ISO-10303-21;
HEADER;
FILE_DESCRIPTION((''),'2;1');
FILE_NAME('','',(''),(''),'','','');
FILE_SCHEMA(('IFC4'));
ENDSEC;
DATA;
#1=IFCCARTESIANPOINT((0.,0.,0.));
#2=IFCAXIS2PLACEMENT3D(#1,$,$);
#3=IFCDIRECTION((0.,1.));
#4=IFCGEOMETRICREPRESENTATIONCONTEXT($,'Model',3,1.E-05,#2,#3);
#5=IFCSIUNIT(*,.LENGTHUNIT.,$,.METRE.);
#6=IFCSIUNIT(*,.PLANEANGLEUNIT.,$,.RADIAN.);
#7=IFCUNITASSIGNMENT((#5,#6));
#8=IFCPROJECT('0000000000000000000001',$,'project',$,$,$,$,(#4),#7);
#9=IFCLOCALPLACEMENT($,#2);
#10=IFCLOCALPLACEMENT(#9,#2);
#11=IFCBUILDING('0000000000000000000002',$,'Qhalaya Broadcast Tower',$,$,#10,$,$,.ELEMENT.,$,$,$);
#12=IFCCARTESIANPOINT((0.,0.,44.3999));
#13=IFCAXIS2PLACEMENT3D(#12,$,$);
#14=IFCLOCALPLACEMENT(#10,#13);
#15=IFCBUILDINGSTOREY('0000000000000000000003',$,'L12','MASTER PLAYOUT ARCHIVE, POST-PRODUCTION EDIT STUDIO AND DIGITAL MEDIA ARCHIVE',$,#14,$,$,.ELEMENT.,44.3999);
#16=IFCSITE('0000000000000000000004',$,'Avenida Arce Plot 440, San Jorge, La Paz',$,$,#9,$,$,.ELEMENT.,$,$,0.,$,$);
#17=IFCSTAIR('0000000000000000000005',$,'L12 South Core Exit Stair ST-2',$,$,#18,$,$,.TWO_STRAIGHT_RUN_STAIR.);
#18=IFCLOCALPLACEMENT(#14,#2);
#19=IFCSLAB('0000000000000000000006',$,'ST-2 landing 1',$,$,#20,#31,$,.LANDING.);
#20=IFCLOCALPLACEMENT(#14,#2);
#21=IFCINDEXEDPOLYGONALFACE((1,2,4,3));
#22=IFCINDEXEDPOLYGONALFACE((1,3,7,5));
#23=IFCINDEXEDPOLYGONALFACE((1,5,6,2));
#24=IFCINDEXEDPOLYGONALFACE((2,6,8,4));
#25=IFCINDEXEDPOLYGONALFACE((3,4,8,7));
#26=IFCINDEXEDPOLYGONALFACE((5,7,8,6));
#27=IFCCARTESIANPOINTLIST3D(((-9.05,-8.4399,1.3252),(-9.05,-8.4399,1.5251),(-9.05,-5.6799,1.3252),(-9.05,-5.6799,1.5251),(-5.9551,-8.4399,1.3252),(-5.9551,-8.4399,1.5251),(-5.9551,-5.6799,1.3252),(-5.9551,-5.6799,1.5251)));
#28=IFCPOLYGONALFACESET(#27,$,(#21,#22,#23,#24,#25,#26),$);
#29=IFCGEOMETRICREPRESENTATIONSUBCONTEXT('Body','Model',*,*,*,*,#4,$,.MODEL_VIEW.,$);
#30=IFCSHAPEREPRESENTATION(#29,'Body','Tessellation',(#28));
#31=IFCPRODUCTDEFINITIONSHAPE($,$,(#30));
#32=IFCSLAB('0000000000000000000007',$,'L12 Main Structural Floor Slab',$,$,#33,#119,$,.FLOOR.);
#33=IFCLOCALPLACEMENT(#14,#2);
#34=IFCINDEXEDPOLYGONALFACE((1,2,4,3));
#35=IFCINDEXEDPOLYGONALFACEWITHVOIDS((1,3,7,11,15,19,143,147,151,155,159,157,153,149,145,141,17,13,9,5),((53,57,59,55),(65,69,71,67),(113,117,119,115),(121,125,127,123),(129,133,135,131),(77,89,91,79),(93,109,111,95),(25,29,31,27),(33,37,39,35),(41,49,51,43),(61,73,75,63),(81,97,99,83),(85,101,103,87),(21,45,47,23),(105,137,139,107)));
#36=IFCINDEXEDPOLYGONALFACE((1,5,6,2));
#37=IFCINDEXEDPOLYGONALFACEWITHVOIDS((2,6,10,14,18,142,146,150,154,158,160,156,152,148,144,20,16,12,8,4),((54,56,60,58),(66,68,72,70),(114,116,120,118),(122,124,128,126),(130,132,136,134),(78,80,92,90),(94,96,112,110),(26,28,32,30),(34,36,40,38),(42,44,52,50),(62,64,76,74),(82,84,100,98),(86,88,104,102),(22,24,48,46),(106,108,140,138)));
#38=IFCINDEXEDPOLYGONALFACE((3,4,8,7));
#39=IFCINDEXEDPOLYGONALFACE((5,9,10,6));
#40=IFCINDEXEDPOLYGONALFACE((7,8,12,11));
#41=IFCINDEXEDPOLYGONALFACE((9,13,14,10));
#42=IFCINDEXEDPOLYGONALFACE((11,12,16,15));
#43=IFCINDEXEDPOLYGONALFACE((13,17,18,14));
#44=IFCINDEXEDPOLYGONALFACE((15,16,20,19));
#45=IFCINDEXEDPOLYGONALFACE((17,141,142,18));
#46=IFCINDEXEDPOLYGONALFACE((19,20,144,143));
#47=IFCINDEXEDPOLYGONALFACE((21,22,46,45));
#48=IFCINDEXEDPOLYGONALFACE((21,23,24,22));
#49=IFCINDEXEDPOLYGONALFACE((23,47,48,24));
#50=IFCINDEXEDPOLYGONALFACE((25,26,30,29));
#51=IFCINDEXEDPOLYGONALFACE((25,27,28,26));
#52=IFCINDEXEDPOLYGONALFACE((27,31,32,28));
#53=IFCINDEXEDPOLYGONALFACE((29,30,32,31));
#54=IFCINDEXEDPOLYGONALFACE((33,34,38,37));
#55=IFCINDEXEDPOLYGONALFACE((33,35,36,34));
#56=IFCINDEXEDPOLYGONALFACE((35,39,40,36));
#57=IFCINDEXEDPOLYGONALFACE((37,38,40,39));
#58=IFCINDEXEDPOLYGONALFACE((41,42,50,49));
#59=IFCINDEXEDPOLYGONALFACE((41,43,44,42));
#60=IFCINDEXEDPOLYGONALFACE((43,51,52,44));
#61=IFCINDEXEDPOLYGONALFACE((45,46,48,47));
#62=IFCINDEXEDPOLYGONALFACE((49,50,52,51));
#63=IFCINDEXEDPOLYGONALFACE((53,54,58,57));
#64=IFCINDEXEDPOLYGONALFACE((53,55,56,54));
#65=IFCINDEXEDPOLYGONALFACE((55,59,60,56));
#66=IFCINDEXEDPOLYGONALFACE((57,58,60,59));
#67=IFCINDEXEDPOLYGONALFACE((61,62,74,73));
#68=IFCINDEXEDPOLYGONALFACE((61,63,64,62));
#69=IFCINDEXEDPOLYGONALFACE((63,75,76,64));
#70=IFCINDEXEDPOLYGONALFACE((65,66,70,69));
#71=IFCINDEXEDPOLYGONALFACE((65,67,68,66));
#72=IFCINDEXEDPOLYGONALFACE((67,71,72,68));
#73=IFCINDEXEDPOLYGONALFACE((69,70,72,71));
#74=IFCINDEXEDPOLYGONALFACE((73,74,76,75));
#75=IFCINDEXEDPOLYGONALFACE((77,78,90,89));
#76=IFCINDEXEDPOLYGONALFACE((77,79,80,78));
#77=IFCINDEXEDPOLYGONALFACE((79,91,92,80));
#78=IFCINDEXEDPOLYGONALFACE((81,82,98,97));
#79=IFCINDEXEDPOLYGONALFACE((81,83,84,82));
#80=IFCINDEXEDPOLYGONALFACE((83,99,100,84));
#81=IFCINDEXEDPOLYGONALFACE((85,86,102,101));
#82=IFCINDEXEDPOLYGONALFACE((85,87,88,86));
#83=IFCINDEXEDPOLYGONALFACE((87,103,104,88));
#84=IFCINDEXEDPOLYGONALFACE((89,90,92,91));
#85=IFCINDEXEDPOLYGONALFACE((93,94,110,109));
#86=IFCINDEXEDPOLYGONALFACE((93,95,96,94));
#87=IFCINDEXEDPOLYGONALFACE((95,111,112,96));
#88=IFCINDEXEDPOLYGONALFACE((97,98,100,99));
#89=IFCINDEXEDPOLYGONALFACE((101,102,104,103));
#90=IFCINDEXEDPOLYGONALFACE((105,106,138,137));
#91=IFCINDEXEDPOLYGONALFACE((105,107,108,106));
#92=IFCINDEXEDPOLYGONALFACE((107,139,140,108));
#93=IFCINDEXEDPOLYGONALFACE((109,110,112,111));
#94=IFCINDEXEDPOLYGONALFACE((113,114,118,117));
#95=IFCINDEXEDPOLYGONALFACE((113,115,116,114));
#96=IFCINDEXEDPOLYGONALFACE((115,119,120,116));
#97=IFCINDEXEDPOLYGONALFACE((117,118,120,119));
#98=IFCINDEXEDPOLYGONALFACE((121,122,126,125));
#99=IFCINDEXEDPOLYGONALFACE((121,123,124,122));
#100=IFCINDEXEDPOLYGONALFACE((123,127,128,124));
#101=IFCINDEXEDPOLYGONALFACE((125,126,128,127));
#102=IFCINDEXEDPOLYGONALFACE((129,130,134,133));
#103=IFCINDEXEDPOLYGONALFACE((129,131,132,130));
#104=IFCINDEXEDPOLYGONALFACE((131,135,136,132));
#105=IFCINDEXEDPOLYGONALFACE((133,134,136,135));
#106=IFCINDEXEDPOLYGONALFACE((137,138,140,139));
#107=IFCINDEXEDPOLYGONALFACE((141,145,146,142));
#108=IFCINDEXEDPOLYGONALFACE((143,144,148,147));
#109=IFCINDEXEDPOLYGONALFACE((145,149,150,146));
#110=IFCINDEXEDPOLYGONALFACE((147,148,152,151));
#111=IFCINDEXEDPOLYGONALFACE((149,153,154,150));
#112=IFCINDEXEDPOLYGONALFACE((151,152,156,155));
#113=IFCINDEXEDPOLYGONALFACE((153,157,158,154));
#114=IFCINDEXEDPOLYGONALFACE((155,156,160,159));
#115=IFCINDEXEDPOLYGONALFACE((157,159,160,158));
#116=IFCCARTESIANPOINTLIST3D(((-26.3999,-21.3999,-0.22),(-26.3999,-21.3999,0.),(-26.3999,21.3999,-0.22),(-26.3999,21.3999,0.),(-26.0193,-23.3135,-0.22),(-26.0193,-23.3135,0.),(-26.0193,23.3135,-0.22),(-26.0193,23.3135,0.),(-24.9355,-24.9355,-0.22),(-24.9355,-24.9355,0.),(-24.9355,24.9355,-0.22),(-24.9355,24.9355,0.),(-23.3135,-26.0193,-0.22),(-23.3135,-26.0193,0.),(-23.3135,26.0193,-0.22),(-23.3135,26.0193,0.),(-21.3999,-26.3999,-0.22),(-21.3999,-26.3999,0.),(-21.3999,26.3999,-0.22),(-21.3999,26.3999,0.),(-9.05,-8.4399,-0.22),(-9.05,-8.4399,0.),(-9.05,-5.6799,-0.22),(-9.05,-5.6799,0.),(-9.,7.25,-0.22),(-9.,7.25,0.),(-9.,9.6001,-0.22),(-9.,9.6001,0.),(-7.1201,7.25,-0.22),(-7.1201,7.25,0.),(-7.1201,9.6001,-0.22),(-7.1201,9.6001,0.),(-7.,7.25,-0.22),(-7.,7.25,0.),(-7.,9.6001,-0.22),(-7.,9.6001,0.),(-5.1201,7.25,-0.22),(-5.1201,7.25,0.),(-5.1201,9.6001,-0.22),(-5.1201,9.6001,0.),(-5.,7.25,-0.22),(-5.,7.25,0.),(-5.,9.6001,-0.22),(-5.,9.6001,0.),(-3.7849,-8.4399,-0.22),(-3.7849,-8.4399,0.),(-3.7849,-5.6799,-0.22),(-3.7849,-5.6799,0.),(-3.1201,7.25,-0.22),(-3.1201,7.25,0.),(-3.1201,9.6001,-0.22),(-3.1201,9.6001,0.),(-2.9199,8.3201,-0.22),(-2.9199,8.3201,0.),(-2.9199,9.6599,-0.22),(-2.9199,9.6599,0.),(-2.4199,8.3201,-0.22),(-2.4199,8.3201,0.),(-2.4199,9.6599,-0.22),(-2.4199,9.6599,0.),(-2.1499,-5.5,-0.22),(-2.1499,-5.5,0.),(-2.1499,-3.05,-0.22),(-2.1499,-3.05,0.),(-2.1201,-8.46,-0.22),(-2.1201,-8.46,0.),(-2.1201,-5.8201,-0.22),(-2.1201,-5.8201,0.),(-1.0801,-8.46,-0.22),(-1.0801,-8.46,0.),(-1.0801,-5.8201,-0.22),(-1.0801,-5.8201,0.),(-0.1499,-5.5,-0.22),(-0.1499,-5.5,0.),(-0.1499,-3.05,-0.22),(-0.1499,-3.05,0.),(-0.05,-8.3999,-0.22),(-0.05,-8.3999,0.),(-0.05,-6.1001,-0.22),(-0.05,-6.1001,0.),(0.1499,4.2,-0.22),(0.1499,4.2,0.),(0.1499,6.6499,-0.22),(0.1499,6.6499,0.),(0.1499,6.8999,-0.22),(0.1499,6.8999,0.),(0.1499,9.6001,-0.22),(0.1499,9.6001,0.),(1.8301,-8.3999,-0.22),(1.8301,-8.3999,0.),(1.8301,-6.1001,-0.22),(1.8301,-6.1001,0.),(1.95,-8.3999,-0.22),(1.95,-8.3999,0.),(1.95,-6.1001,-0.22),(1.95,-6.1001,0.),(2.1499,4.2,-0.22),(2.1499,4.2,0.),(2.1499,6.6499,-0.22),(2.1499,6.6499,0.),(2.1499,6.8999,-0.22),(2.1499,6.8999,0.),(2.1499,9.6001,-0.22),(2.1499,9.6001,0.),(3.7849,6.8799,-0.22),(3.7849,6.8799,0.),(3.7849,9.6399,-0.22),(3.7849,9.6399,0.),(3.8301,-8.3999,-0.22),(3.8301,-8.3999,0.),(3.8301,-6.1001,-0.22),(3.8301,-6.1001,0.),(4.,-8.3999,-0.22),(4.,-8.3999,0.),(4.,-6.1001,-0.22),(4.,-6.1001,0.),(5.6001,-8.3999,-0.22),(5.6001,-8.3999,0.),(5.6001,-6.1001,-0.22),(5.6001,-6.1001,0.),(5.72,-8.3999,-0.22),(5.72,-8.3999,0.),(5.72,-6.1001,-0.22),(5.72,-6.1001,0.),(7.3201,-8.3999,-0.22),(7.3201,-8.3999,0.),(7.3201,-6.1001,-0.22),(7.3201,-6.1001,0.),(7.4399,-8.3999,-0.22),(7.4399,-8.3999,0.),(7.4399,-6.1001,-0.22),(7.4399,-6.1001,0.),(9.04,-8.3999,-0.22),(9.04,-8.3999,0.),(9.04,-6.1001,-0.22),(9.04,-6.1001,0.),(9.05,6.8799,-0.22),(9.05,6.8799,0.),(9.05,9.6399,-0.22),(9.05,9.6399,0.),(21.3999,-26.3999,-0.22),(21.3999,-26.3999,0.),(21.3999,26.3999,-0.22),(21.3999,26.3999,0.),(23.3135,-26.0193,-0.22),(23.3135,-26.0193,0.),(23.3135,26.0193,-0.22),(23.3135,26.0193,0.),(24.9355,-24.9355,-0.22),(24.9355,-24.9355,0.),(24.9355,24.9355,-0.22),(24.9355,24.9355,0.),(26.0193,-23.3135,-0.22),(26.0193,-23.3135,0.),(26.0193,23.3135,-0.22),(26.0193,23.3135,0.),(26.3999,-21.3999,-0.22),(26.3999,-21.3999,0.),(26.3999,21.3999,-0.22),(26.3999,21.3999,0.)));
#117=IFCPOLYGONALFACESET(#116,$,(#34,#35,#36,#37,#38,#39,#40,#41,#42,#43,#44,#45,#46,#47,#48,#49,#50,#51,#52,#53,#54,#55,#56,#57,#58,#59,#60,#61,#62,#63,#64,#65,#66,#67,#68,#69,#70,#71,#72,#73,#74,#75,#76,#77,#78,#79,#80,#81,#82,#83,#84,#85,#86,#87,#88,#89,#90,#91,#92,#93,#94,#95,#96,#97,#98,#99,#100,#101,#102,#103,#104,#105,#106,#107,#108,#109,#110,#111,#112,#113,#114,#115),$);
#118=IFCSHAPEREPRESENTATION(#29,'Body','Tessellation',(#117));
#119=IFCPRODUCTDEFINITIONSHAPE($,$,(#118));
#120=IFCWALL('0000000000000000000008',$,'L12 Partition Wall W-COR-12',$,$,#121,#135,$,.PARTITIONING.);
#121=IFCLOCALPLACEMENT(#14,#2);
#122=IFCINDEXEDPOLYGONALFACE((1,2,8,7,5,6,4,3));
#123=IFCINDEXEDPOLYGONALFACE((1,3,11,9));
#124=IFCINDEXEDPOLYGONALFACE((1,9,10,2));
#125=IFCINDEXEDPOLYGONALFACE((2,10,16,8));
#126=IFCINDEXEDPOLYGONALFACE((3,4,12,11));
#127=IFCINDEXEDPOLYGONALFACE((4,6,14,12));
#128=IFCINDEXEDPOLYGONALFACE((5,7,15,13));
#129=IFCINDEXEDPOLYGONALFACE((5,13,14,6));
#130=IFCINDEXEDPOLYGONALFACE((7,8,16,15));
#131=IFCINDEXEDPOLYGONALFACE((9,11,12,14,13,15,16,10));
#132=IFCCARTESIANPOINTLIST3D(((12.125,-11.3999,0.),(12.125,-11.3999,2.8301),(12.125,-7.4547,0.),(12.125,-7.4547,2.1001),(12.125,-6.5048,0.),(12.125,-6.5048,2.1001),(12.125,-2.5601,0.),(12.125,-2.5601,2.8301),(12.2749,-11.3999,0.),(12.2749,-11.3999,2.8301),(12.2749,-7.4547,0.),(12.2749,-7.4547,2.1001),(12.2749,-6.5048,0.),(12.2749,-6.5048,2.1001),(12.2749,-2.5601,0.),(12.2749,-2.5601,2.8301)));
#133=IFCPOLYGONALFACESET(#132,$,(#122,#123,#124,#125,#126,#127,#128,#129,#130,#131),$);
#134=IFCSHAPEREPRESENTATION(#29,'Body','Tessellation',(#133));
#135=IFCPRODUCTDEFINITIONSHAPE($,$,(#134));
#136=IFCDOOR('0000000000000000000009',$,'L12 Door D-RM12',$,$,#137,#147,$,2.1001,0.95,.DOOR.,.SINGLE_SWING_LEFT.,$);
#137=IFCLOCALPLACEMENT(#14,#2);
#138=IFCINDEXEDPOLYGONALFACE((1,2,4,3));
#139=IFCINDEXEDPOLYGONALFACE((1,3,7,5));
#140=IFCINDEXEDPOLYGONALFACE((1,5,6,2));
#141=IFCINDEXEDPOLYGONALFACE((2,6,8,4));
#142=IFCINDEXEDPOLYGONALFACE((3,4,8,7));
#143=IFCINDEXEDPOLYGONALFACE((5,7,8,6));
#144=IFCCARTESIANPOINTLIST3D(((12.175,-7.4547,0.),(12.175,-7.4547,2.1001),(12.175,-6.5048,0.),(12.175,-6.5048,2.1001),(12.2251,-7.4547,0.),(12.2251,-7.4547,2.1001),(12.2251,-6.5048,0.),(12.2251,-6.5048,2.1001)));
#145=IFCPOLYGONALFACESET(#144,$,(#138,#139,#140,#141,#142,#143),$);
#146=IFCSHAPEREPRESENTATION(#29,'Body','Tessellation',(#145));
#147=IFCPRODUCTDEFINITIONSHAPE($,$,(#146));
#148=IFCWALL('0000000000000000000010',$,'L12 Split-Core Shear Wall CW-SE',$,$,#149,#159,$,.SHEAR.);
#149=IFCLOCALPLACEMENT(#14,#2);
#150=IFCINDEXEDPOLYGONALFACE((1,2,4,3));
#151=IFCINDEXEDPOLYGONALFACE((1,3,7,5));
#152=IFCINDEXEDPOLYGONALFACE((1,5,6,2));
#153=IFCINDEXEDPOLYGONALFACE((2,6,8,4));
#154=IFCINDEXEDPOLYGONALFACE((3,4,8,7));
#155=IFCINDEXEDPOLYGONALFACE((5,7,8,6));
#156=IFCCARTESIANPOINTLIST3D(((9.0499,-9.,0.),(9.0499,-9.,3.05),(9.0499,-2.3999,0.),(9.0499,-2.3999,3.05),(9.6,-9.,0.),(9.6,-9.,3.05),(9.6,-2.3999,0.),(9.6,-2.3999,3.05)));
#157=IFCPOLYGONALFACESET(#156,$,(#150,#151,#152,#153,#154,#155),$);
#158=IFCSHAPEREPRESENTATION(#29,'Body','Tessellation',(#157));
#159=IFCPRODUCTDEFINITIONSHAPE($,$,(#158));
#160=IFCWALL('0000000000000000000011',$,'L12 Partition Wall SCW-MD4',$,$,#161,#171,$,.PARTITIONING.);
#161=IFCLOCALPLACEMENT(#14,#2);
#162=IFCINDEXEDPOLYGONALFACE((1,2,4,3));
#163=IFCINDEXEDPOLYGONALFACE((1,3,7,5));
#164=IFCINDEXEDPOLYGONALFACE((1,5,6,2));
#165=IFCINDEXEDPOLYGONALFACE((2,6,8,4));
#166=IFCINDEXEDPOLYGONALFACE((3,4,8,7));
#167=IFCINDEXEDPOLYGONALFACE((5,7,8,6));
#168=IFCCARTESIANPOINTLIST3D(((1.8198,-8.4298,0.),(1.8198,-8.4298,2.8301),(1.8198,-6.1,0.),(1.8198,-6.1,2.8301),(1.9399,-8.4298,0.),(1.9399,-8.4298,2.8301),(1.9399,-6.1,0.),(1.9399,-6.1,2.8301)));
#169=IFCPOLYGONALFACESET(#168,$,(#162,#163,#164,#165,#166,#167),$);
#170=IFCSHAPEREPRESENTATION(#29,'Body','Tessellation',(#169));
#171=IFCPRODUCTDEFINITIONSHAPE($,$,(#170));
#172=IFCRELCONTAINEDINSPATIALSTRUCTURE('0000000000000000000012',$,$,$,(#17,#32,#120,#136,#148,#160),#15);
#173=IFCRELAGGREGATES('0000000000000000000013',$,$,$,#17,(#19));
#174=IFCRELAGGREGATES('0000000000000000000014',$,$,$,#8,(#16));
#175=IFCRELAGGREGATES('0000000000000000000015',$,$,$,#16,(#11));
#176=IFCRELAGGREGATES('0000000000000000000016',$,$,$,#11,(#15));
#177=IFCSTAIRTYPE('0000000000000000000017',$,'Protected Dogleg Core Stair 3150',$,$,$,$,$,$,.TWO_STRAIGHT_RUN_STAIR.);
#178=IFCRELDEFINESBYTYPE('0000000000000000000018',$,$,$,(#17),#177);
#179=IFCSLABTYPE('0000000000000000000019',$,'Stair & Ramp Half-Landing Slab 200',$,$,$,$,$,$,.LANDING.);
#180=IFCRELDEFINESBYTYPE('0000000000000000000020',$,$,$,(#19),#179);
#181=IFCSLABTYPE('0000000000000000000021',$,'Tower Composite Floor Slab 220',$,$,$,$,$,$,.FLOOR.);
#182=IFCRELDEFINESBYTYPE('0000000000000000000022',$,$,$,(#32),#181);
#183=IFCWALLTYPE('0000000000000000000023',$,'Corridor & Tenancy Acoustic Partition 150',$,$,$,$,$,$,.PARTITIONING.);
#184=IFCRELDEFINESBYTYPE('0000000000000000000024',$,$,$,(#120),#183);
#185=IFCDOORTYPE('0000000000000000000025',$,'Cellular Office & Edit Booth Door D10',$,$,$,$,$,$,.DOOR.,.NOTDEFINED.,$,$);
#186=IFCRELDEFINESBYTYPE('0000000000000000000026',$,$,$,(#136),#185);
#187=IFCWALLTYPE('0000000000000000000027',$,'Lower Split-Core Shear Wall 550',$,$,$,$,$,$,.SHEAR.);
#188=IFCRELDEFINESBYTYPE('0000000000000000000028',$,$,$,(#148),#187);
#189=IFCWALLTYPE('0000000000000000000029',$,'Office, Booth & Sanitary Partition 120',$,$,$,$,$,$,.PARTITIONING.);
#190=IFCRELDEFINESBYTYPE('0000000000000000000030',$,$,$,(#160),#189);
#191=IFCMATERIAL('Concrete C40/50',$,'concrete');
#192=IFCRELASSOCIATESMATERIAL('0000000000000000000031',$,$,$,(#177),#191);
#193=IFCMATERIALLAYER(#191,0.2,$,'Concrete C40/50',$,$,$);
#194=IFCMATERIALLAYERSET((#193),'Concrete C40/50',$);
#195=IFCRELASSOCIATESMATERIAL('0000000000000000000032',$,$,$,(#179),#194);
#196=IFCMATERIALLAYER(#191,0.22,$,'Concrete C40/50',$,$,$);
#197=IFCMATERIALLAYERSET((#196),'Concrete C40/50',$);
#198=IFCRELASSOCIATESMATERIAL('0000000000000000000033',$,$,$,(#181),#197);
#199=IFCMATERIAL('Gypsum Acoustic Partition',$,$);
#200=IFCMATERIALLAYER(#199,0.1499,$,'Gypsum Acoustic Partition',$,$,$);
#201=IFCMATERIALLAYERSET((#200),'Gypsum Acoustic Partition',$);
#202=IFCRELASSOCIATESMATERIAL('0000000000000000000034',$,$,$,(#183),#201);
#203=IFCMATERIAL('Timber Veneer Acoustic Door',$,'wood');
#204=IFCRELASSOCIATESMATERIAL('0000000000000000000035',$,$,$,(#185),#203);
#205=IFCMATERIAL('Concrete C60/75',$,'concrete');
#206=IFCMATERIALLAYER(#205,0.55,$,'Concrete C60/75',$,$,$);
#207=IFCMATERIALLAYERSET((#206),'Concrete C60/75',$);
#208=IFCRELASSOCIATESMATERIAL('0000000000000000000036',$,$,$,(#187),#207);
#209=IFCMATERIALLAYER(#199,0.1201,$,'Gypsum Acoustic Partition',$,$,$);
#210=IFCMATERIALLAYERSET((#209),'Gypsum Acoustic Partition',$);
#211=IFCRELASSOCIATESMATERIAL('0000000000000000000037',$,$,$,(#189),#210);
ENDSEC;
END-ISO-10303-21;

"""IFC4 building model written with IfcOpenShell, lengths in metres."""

from ifc_helpers import new_model, si_unit, direction, frame, frame_2d, origin, place, context, subcontext, project, spatial, polyline, rectangle, outline, extrude, material, layer, layer_set, type_object, element, fill, aggregate, save


model = new_model("IFC4")

# Units and contexts
model_context = context("Model", 3, precision=1e-05, world=origin(), true_north=direction((0.0, 1.0)))
body_context = subcontext(model_context, "Body", "Model", "MODEL_VIEW")
ifc_project = project(units=[si_unit("LENGTHUNIT", "METRE"), si_unit("PLANEANGLEUNIT", "RADIAN")], contexts=[model_context])

# Site, building, storey
site_placement = place(None, origin())
site = spatial("IfcSite", under=ifc_project, at=site_placement, Name="Avenida Arce Plot 440, San Jorge, La Paz", CompositionType="ELEMENT", RefElevation=0.0)
building_placement = place(site_placement, origin())
building = spatial("IfcBuilding", under=site, at=building_placement, Name="Qhalaya Broadcast Tower", CompositionType="ELEMENT")
storey_placement = place(building_placement, frame((0.0, 0.0, 44.3999)))
storey = spatial("IfcBuildingStorey", under=building, at=storey_placement, Name="L12", Description="MASTER PLAYOUT ARCHIVE, POST-PRODUCTION EDIT STUDIO AND DIGITAL MEDIA ARCHIVE", CompositionType="ELEMENT", Elevation=44.3999)

# Stair, slab
ifc_material_1 = material(Name="Concrete C40/50", Category="concrete")
stair_type = type_object("IfcStairType", Name="Protected Dogleg Core Stair 3150", PredefinedType="TWO_STRAIGHT_RUN_STAIR", material=ifc_material_1)
ifc_layer_1 = layer(ifc_material_1, 0.2, Name="Concrete C40/50")
ifc_layer_set_1 = layer_set([ifc_layer_1], Name="Concrete C40/50")
slab_type_1 = type_object("IfcSlabType", Name="Stair & Ramp Half-Landing Slab 200", PredefinedType="LANDING", material=ifc_layer_set_1)
stair_1_placement = place(storey_placement, origin())
stair_1 = element("IfcStair", 1, at=stair_1_placement, inside=storey, type_object=stair_type, Name="L12 South Core Exit Stair ST-2", PredefinedType="TWO_STRAIGHT_RUN_STAIR")
slab_1_placement = place(storey_placement, frame((0.0, 0.0, 1.3252)))
slab_1 = element("IfcSlab", 2, at=slab_1_placement, type_object=slab_type_1, Name="ST-2 landing 1", PredefinedType="LANDING", context=body_context, shape_type="SweptSolid", body=[
    extrude(outline(polyline([(-5.9551, -5.6799), (-9.05, -5.6799), (-9.05, -8.4399), (-5.9551, -8.4399), (-5.9551, -5.6799)])), origin(), (0.0, 0.0, 1.0), 0.2),
])
aggregate(stair_1, [slab_1])

# Slab
ifc_layer_2 = layer(ifc_material_1, 0.22, Name="Concrete C40/50")
ifc_layer_set_2 = layer_set([ifc_layer_2], Name="Concrete C40/50")
slab_type_2 = type_object("IfcSlabType", Name="Tower Composite Floor Slab 220", PredefinedType="FLOOR", material=ifc_layer_set_2)
slab_2_placement = place(storey_placement, frame((0.0, 0.0, -0.22)))
element("IfcSlab", 3, at=slab_2_placement, inside=storey, type_object=slab_type_2, Name="L12 Main Structural Floor Slab", PredefinedType="FLOOR", context=body_context, shape_type="SweptSolid", body=[
    extrude(outline(polyline([(21.3999, -26.3999), (23.3135, -26.0193), (24.9355, -24.9355), (26.0193, -23.3135), (26.3999, -21.3999), (26.3999, 21.3999), (26.0193, 23.3135), (24.9355, 24.9355), (23.3135, 26.0193), (21.3999, 26.3999), (-21.3999, 26.3999), (-23.3135, 26.0193), (-24.9355, 24.9355), (-26.0193, 23.3135), (-26.3999, 21.3999), (-26.3999, -21.3999), (-26.0193, -23.3135), (-24.9355, -24.9355), (-23.3135, -26.0193), (-21.3999, -26.3999), (21.3999, -26.3999)]), holes=[polyline([(3.7849, 9.6399), (9.05, 9.6399), (9.05, 6.8799), (3.7849, 6.8799), (3.7849, 9.6399)]), polyline([(-3.7849, -8.4399), (-9.05, -8.4399), (-9.05, -5.6799), (-3.7849, -5.6799), (-3.7849, -8.4399)]), polyline([(0.1499, 6.6499), (2.1499, 6.6499), (2.1499, 4.2), (0.1499, 4.2), (0.1499, 6.6499)]), polyline([(0.1499, 9.6001), (2.1499, 9.6001), (2.1499, 6.8999), (0.1499, 6.8999), (0.1499, 9.6001)]), polyline([(-2.1499, -3.05), (-0.1499, -3.05), (-0.1499, -5.5), (-2.1499, -5.5), (-2.1499, -3.05)]), polyline([(-9.0, 9.6001), (-7.1201, 9.6001), (-7.1201, 7.25), (-9.0, 7.25), (-9.0, 9.6001)]), polyline([(-7.0, 9.6001), (-5.1201, 9.6001), (-5.1201, 7.25), (-7.0, 7.25), (-7.0, 9.6001)]), polyline([(-5.0, 9.6001), (-3.1201, 9.6001), (-3.1201, 7.25), (-5.0, 7.25), (-5.0, 9.6001)]), polyline([(-0.05, -6.1001), (1.8301, -6.1001), (1.8301, -8.3999), (-0.05, -8.3999), (-0.05, -6.1001)]), polyline([(1.95, -6.1001), (3.8301, -6.1001), (3.8301, -8.3999), (1.95, -8.3999), (1.95, -6.1001)]), polyline([(4.0, -6.1001), (5.6001, -6.1001), (5.6001, -8.3999), (4.0, -8.3999), (4.0, -6.1001)]), polyline([(5.72, -6.1001), (7.3201, -6.1001), (7.3201, -8.3999), (5.72, -8.3999), (5.72, -6.1001)]), polyline([(7.4399, -6.1001), (9.04, -6.1001), (9.04, -8.3999), (7.4399, -8.3999), (7.4399, -6.1001)]), polyline([(-2.9199, 9.6599), (-2.4199, 9.6599), (-2.4199, 8.3201), (-2.9199, 8.3201), (-2.9199, 9.6599)]), polyline([(-2.1201, -5.8201), (-1.0801, -5.8201), (-1.0801, -8.46), (-2.1201, -8.46), (-2.1201, -5.8201)])]), origin(), (0.0, 0.0, 1.0), 0.22),
])

# Wall, opening, door
ifc_material_2 = material(Name="Gypsum Acoustic Partition")
ifc_layer_3 = layer(ifc_material_2, 0.1499, Name="Gypsum Acoustic Partition")
ifc_layer_set_3 = layer_set([ifc_layer_3], Name="Gypsum Acoustic Partition")
wall_type_1 = type_object("IfcWallType", Name="Corridor & Tenancy Acoustic Partition 150", PredefinedType="PARTITIONING", material=ifc_layer_set_3)
wall_1_placement = place(storey_placement, frame((12.2, -11.3999, 0.0), z_axis=(0.0, 0.0, 1.0), x_axis=(0.0, 1.0, 0.0)))
wall_1 = element("IfcWall", 4, at=wall_1_placement, inside=storey, type_object=wall_type_1, Name="L12 Partition Wall W-COR-12", PredefinedType="PARTITIONING", context=body_context, shape_type="SweptSolid", body=[
    extrude(rectangle(XDim=8.8398, YDim=0.1499, at=frame_2d((4.4199, 0.0))), origin(), (0.0, 0.0, 1.0), 2.8301),
])
opening_1_placement = place(wall_1_placement, frame((3.9451, 0.0, 0.0)))
opening_1 = element("IfcOpeningElement", 5, at=opening_1_placement, cuts=wall_1, PredefinedType="OPENING", context=body_context, shape_type="SweptSolid", body=[
    extrude(rectangle(XDim=0.95, YDim=2.1001, at=frame_2d((0.4751, 1.05))), frame((0.0, 0.0869, 0.0), z_axis=(0.0, -1.0, 0.0), x_axis=(1.0, 0.0, 0.0)), (0.0, 0.0, 1.0), 0.1738),
])
ifc_material_3 = material(Name="Timber Veneer Acoustic Door", Category="wood")
door_type_1 = type_object("IfcDoorType", Name="Cellular Office & Edit Booth Door D10", OperationType="NOTDEFINED", PredefinedType="DOOR", material=ifc_material_3)
door_1_placement = place(opening_1_placement, origin())
door_1 = element("IfcDoor", 6, at=door_1_placement, inside=storey, type_object=door_type_1, Name="L12 Door D-RM12", OperationType="SINGLE_SWING_LEFT", OverallHeight=2.1001, OverallWidth=0.95, PredefinedType="DOOR", context=body_context, shape_type="SweptSolid", body=[
    extrude(rectangle(XDim=0.95, YDim=2.1001, at=frame_2d((0.4751, 1.05))), frame((0.0, 0.0249, 0.0), z_axis=(0.0, -1.0, 0.0), x_axis=(1.0, 0.0, 0.0)), (0.0, 0.0, 1.0), 0.05),
])
fill(opening_1, door_1)

# Walls
ifc_material_4 = material(Name="Concrete C60/75", Category="concrete")
ifc_layer_4 = layer(ifc_material_4, 0.55, Name="Concrete C60/75")
ifc_layer_set_4 = layer_set([ifc_layer_4], Name="Concrete C60/75")
wall_type_2 = type_object("IfcWallType", Name="Lower Split-Core Shear Wall 550", PredefinedType="SHEAR", material=ifc_layer_set_4)
wall_2_placement = place(storey_placement, frame((9.325, -9.0, 0.0), z_axis=(0.0, 0.0, 1.0), x_axis=(0.0, 1.0, 0.0)))
element("IfcWall", 7, at=wall_2_placement, inside=storey, type_object=wall_type_2, Name="L12 Split-Core Shear Wall CW-SE", PredefinedType="SHEAR", context=body_context, shape_type="SweptSolid", body=[
    extrude(rectangle(XDim=6.6001, YDim=0.55, at=frame_2d((3.3, 0.0))), origin(), (0.0, 0.0, 1.0), 3.05),
])
ifc_layer_5 = layer(ifc_material_2, 0.1201, Name="Gypsum Acoustic Partition")
ifc_layer_set_5 = layer_set([ifc_layer_5], Name="Gypsum Acoustic Partition")
wall_type_3 = type_object("IfcWallType", Name="Office, Booth & Sanitary Partition 120", PredefinedType="PARTITIONING", material=ifc_layer_set_5)
for number, where, z_axis, x_axis, name in (
    (8, (1.8799, -8.4299, 0.0), (0.0, 0.0, 1.0), (0.0, 1.0, 0.0), "L12 Partition Wall SCW-MD4"),
):
    element("IfcWall", number, at=place(storey_placement, frame(where, z_axis=z_axis, x_axis=x_axis)), inside=storey, type_object=wall_type_3, Name=name, PredefinedType="PARTITIONING", context=body_context, shape_type="SweptSolid", body=[
        extrude(rectangle(XDim=2.3298, YDim=0.1201, at=frame_2d((1.165, 0.0))), origin(), (0.0, 0.0, 1.0), 2.8301),
    ])

save(model, "model.ifc")
